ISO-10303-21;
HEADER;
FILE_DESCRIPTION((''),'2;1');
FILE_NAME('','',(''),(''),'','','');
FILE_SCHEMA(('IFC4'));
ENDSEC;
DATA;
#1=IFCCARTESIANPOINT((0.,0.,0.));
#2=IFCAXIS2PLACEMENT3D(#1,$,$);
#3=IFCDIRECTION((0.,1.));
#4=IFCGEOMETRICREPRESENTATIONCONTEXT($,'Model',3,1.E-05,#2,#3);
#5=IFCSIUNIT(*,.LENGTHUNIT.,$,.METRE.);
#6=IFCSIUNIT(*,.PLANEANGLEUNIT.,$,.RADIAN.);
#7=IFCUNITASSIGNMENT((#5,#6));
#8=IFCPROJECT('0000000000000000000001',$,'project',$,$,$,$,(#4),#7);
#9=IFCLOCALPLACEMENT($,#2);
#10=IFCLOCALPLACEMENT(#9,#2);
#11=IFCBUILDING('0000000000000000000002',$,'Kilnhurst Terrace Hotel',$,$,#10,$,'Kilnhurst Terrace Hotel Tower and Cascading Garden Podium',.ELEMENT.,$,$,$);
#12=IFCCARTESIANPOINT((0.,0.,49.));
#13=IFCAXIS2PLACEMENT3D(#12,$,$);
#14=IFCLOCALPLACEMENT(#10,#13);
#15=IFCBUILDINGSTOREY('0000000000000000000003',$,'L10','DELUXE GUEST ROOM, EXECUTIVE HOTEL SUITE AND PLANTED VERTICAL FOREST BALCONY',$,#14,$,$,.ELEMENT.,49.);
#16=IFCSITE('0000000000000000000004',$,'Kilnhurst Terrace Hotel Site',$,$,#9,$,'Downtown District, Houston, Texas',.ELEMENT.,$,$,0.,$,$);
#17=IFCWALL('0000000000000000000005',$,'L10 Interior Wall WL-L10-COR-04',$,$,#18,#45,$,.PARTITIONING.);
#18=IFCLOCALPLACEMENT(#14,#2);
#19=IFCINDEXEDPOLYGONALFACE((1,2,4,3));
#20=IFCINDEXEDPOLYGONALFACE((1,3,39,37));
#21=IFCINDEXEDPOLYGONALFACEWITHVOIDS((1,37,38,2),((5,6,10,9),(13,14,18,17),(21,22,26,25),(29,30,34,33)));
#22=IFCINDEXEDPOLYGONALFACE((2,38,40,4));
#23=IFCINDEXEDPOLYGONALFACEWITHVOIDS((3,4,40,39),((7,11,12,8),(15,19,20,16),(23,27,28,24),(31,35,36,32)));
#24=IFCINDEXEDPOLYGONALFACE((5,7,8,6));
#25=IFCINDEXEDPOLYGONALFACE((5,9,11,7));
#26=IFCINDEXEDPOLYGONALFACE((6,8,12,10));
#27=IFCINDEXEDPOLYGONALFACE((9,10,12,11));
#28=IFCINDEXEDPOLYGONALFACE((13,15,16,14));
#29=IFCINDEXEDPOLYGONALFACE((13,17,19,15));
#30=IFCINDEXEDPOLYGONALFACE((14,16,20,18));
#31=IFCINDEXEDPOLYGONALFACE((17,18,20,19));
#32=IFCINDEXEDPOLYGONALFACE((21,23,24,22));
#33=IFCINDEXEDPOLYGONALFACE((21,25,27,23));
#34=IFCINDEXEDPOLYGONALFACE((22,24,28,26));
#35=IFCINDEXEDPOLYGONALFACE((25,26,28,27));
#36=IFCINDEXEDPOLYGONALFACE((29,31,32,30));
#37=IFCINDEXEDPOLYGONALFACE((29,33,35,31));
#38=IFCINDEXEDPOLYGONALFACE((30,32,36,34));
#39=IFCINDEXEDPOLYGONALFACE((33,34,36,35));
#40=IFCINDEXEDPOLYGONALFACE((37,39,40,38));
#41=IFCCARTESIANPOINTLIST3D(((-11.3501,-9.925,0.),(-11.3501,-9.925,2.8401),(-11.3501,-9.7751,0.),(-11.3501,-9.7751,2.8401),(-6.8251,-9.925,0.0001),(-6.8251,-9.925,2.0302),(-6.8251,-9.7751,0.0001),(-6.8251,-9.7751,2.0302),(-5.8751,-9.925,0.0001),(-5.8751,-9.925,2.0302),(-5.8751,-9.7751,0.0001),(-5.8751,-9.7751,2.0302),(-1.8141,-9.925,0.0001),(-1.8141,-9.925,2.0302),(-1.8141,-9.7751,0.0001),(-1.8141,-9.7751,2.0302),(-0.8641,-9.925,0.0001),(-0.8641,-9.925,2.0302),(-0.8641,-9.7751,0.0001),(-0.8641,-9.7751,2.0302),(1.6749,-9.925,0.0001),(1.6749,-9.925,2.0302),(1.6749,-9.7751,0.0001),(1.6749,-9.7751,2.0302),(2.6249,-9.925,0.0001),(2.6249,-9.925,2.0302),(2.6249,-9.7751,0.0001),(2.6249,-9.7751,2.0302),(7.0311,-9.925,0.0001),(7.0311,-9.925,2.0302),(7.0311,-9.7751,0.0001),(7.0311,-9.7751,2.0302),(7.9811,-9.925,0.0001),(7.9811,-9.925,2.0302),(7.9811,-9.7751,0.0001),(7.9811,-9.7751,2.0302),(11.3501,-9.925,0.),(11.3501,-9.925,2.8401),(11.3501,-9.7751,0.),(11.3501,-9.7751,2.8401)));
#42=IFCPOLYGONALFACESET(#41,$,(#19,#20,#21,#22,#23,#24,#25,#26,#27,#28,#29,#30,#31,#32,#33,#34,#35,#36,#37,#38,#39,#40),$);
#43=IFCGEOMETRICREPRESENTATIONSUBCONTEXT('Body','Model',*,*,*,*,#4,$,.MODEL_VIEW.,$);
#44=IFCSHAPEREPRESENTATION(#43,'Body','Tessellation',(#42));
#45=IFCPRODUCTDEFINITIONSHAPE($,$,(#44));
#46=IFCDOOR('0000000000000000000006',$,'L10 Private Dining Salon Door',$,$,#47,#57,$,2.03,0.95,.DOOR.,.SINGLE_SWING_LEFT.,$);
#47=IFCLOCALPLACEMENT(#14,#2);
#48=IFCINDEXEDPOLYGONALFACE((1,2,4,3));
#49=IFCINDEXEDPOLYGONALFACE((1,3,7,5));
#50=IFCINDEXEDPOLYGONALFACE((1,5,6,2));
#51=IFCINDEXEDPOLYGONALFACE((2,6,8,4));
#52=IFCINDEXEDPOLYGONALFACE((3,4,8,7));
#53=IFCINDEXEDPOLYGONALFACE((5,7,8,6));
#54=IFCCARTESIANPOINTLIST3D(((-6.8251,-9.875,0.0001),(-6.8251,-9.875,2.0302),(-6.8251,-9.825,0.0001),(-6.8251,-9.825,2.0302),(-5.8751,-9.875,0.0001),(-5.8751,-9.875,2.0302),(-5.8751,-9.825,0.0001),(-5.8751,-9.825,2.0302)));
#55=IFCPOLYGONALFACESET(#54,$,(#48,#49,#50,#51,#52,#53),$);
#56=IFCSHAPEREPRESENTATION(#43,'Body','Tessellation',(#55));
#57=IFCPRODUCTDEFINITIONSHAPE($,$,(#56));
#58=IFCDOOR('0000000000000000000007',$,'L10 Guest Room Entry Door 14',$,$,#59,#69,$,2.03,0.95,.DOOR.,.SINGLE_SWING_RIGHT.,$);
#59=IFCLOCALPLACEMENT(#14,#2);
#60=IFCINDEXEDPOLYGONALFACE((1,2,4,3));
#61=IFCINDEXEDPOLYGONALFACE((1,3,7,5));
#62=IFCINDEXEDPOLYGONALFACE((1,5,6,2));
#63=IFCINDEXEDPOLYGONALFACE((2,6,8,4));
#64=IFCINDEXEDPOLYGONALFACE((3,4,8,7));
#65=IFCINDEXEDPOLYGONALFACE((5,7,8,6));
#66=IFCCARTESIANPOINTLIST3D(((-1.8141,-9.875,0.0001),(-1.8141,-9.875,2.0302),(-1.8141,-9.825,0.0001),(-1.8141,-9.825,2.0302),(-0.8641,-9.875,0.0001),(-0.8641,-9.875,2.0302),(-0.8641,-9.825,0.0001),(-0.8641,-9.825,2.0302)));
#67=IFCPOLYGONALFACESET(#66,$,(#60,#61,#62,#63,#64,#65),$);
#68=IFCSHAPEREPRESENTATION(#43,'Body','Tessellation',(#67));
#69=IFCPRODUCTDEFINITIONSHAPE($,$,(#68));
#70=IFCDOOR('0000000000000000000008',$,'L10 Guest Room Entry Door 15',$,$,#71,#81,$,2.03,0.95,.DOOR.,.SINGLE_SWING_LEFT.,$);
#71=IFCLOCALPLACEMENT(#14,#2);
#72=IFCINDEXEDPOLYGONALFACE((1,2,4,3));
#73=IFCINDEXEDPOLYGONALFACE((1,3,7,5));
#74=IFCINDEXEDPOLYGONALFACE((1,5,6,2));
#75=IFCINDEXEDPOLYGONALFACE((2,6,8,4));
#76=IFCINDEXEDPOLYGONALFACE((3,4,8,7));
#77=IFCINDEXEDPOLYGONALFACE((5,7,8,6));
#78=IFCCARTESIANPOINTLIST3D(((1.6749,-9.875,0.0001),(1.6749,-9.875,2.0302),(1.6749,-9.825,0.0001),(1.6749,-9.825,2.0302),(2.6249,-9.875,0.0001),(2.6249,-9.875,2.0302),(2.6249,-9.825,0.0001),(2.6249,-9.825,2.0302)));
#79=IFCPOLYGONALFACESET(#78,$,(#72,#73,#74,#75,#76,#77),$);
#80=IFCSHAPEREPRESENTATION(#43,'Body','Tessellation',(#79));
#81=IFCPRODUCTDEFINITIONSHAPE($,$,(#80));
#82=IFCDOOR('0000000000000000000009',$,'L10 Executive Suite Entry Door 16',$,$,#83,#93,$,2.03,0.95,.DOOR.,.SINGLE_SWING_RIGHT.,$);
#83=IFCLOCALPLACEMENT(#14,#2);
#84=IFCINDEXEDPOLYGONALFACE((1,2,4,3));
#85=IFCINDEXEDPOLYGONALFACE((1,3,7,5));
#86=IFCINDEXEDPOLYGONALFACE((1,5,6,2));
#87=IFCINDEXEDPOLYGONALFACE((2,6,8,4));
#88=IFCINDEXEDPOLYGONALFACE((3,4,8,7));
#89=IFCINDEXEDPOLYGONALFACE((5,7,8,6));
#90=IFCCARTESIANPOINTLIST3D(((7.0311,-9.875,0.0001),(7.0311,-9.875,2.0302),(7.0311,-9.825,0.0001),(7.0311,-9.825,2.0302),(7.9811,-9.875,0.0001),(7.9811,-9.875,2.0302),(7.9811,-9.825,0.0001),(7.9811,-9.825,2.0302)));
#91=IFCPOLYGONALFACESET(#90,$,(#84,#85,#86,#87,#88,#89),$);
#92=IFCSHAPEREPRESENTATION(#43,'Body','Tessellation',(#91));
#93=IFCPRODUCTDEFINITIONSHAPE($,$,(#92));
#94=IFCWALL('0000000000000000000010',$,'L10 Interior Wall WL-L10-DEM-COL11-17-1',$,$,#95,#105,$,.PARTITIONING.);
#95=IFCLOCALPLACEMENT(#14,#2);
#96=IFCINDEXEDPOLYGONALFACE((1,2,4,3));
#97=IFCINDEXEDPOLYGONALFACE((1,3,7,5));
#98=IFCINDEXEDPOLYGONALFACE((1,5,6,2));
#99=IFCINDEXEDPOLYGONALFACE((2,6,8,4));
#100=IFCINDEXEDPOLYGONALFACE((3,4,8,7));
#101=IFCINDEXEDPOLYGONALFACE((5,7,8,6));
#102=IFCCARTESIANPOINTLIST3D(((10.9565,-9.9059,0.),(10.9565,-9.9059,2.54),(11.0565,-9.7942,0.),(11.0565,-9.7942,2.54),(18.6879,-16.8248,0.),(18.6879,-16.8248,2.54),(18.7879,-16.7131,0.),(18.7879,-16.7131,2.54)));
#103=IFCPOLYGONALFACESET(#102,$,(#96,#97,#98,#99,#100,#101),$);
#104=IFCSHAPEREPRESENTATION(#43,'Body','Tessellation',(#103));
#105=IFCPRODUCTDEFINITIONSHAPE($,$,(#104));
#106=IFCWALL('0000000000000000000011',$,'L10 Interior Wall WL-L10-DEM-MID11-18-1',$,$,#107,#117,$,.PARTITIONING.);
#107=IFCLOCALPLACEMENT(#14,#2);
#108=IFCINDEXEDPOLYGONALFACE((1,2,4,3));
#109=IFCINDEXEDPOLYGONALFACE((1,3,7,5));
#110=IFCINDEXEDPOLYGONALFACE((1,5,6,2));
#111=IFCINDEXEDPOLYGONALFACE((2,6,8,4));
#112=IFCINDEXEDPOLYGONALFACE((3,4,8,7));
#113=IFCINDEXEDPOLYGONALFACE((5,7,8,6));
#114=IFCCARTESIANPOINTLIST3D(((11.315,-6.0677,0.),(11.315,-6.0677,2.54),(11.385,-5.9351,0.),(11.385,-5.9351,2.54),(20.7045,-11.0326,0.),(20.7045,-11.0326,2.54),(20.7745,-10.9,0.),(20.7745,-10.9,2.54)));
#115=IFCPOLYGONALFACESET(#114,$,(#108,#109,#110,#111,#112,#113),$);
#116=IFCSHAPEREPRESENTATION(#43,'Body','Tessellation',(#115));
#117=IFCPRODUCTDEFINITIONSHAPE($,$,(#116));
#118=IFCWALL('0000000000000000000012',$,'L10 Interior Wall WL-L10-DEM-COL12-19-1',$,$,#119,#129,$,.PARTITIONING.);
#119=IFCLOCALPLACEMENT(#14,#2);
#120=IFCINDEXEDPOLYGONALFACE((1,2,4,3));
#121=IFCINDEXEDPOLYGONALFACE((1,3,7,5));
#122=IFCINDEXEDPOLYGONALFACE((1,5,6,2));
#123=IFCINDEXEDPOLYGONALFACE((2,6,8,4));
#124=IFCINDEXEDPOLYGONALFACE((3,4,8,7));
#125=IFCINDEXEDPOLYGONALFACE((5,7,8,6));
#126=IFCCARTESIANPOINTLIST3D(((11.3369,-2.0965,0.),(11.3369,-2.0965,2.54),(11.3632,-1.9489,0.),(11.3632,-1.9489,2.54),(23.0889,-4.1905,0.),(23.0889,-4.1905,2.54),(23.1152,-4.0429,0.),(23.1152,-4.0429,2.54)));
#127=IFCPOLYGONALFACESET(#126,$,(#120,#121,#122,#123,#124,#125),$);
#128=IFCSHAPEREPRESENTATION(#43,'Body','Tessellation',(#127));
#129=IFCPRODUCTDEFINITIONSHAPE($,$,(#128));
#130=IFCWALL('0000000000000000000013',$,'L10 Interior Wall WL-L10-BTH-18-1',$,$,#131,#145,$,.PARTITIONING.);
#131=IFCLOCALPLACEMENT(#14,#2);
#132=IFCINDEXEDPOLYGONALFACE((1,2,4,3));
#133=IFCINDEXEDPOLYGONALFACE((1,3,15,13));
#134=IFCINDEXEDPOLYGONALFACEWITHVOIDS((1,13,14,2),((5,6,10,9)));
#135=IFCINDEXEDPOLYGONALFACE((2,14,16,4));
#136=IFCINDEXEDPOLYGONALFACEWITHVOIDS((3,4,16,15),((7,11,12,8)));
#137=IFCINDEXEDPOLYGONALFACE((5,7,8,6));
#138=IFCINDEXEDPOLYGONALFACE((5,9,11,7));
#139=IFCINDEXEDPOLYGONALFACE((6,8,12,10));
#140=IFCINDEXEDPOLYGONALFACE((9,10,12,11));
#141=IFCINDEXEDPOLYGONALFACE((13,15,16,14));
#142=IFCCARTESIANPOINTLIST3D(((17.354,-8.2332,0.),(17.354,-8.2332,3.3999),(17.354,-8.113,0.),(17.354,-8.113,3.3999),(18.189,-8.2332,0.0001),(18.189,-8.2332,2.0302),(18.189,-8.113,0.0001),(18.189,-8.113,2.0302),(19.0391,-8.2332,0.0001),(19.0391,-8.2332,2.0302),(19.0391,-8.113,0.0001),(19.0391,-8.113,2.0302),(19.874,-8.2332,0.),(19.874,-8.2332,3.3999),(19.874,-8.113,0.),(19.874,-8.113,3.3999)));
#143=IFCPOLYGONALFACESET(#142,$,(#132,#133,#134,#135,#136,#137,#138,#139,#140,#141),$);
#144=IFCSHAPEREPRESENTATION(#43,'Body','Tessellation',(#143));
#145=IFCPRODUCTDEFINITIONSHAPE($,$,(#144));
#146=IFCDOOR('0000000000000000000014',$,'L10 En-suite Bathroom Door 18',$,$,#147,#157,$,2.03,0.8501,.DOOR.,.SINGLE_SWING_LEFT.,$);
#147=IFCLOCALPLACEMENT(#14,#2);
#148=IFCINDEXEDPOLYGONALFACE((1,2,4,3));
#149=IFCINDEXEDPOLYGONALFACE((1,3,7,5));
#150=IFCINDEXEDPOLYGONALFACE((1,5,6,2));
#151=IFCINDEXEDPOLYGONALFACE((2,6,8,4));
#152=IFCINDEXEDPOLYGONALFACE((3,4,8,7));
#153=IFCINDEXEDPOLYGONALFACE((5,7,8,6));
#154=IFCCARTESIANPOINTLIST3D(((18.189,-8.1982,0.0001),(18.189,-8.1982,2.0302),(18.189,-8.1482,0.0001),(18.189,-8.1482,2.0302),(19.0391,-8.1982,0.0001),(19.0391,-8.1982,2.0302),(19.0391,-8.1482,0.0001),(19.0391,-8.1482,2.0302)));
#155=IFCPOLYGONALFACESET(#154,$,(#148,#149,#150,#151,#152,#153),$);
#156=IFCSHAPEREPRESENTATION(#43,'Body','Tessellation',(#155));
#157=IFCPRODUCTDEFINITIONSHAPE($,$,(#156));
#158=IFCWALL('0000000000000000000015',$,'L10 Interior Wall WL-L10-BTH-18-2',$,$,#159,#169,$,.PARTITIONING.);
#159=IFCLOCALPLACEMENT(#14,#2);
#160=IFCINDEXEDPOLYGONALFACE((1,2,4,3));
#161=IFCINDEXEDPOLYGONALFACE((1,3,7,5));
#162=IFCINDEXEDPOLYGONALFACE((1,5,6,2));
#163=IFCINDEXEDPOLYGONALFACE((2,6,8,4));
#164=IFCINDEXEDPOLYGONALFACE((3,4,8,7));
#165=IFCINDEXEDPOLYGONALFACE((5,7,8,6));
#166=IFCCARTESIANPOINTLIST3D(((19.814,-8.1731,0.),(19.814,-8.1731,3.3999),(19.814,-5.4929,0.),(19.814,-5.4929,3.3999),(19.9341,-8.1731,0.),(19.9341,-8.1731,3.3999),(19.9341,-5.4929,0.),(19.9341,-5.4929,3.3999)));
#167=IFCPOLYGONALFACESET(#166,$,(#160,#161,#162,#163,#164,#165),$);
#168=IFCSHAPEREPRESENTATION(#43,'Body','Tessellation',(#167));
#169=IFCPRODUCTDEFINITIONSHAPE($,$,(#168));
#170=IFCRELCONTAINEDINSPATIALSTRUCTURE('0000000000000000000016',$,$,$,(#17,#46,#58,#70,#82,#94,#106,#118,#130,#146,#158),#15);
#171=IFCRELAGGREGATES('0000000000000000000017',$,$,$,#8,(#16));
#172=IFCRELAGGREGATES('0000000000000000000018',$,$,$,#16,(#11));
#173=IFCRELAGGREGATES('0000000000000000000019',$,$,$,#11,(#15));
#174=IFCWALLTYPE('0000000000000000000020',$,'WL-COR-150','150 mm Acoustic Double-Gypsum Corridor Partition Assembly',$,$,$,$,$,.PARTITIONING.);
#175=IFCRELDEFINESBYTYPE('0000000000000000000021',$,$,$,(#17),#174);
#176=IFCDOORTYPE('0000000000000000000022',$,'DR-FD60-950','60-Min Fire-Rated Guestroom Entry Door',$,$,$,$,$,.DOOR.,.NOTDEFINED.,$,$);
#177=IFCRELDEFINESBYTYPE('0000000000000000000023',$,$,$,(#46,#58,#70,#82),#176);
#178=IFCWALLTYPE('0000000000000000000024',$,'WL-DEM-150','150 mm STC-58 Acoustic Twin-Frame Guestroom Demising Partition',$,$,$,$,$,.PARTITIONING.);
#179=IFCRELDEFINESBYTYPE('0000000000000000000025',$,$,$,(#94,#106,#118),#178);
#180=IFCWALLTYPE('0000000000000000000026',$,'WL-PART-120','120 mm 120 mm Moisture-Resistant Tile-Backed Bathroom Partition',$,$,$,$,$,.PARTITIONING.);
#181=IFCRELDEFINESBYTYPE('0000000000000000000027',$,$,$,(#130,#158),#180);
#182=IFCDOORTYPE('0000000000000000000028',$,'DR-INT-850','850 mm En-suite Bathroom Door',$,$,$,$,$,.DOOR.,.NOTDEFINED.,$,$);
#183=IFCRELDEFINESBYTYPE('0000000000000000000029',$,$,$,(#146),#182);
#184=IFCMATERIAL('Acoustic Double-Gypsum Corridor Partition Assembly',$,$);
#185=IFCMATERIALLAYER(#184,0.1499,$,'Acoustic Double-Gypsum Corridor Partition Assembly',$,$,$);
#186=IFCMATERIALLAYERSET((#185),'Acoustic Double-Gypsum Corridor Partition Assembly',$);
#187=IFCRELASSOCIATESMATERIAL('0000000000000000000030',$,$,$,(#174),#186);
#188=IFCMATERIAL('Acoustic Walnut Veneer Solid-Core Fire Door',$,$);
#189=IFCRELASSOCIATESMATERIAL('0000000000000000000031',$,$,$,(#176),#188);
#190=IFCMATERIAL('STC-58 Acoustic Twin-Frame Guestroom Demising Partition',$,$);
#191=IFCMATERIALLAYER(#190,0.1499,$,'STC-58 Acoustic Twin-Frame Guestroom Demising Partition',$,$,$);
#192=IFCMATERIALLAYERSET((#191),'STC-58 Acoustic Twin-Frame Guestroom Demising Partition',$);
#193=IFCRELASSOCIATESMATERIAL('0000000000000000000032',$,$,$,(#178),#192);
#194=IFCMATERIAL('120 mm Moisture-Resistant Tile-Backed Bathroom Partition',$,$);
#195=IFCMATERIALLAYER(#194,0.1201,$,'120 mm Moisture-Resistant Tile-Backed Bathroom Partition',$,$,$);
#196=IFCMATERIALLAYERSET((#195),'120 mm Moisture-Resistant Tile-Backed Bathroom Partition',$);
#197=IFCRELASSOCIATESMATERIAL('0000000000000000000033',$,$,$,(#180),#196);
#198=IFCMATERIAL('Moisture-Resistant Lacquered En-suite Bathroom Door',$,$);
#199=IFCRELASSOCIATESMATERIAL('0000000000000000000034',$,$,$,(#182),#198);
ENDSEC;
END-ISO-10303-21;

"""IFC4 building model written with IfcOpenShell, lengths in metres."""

from ifc_helpers import new_model, si_unit, direction, frame, frame_2d, origin, place, context, subcontext, project, spatial, rectangle, extrude, material, layer, layer_set, type_object, element, fill, save


model = new_model("IFC4")

# Units and contexts
model_context = context("Model", 3, precision=1e-05, world=origin(), true_north=direction((0.0, 1.0)))
body_context = subcontext(model_context, "Body", "Model", "MODEL_VIEW")
ifc_project = project(units=[si_unit("LENGTHUNIT", "METRE"), si_unit("PLANEANGLEUNIT", "RADIAN")], contexts=[model_context])

# Site, building, storey
site_placement = place(None, origin())
site = spatial("IfcSite", under=ifc_project, at=site_placement, Name="Kilnhurst Terrace Hotel Site", LongName="Downtown District, Houston, Texas", CompositionType="ELEMENT", RefElevation=0.0)
building_placement = place(site_placement, origin())
building = spatial("IfcBuilding", under=site, at=building_placement, Name="Kilnhurst Terrace Hotel", LongName="Kilnhurst Terrace Hotel Tower and Cascading Garden Podium", CompositionType="ELEMENT")
storey_placement = place(building_placement, frame((0.0, 0.0, 49.0)))
storey = spatial("IfcBuildingStorey", under=building, at=storey_placement, Name="L10", Description="DELUXE GUEST ROOM, EXECUTIVE HOTEL SUITE AND PLANTED VERTICAL FOREST BALCONY", CompositionType="ELEMENT", Elevation=49.0)

# Wall, openings, doors
ifc_material_1 = material(Name="Acoustic Double-Gypsum Corridor Partition Assembly")
ifc_layer_1 = layer(ifc_material_1, 0.1499, Name="Acoustic Double-Gypsum Corridor Partition Assembly")
ifc_layer_set_1 = layer_set([ifc_layer_1], Name="Acoustic Double-Gypsum Corridor Partition Assembly")
wall_type_1 = type_object("IfcWallType", Name="WL-COR-150", Description="150 mm Acoustic Double-Gypsum Corridor Partition Assembly", PredefinedType="PARTITIONING", material=ifc_layer_set_1)
wall_1_placement = place(storey_placement, frame((11.3501, -9.8501, 0.0), z_axis=(0.0, 0.0, 1.0), x_axis=(-1.0, 0.0, 0.0)))
wall_1 = element("IfcWall", 1, at=wall_1_placement, inside=storey, type_object=wall_type_1, Name="L10 Interior Wall WL-L10-COR-04", PredefinedType="PARTITIONING", context=body_context, shape_type="SweptSolid", body=[
    extrude(rectangle(XDim=22.7002, YDim=0.1499, at=frame_2d((11.3501, 0.0))), origin(), (0.0, 0.0, 1.0), 2.8401),
])
opening_1_placement = place(wall_1_placement, frame((17.2251, 0.0, 0.0)))
opening_1 = element("IfcOpeningElement", 2, at=opening_1_placement, cuts=wall_1, PredefinedType="OPENING", context=body_context, shape_type="SweptSolid", body=[
    extrude(rectangle(XDim=0.95, YDim=2.03, at=frame_2d((0.4751, 1.0151))), frame((0.0, 0.085, 0.0), z_axis=(0.0, -1.0, 0.0), x_axis=(1.0, 0.0, 0.0)), (0.0, 0.0, 1.0), 0.1699),
])
opening_2_placement = place(wall_1_placement, frame((12.2141, 0.0, 0.0)))
opening_2 = element("IfcOpeningElement", 3, at=opening_2_placement, cuts=wall_1, PredefinedType="OPENING", context=body_context, shape_type="SweptSolid", body=[
    extrude(rectangle(XDim=0.95, YDim=2.03, at=frame_2d((0.4751, 1.0151))), frame((0.0, 0.085, 0.0), z_axis=(0.0, -1.0, 0.0), x_axis=(1.0, 0.0, 0.0)), (0.0, 0.0, 1.0), 0.1699),
])
opening_3_placement = place(wall_1_placement, frame((8.7251, 0.0, 0.0)))
opening_3 = element("IfcOpeningElement", 4, at=opening_3_placement, cuts=wall_1, PredefinedType="OPENING", context=body_context, shape_type="SweptSolid", body=[
    extrude(rectangle(XDim=0.95, YDim=2.03, at=frame_2d((0.4751, 1.0151))), frame((0.0, 0.085, 0.0), z_axis=(0.0, -1.0, 0.0), x_axis=(1.0, 0.0, 0.0)), (0.0, 0.0, 1.0), 0.1699),
])
opening_4_placement = place(wall_1_placement, frame((3.3689, 0.0, 0.0)))
opening_4 = element("IfcOpeningElement", 5, at=opening_4_placement, cuts=wall_1, PredefinedType="OPENING", context=body_context, shape_type="SweptSolid", body=[
    extrude(rectangle(XDim=0.95, YDim=2.03, at=frame_2d((0.4751, 1.0151))), frame((0.0, 0.085, 0.0), z_axis=(0.0, -1.0, 0.0), x_axis=(1.0, 0.0, 0.0)), (0.0, 0.0, 1.0), 0.1699),
])
ifc_material_2 = material(Name="Acoustic Walnut Veneer Solid-Core Fire Door")
door_type_1 = type_object("IfcDoorType", Name="DR-FD60-950", Description="60-Min Fire-Rated Guestroom Entry Door", OperationType="NOTDEFINED", PredefinedType="DOOR", material=ifc_material_2)
door_1_placement = place(opening_1_placement, origin())
door_1 = element("IfcDoor", 6, at=door_1_placement, inside=storey, type_object=door_type_1, Name="L10 Private Dining Salon Door", OperationType="SINGLE_SWING_LEFT", OverallHeight=2.03, OverallWidth=0.95, PredefinedType="DOOR", context=body_context, shape_type="SweptSolid", body=[
    extrude(rectangle(XDim=0.95, YDim=2.03, at=frame_2d((0.4751, 1.0151))), frame((0.0, 0.0249, 0.0), z_axis=(0.0, -1.0, 0.0), x_axis=(1.0, 0.0, 0.0)), (0.0, 0.0, 1.0), 0.05),
])
fill(opening_1, door_1)
door_2_placement = place(opening_2_placement, origin())
door_2 = element("IfcDoor", 7, at=door_2_placement, inside=storey, type_object=door_type_1, Name="L10 Guest Room Entry Door 14", OperationType="SINGLE_SWING_RIGHT", OverallHeight=2.03, OverallWidth=0.95, PredefinedType="DOOR", context=body_context, shape_type="SweptSolid", body=[
    extrude(rectangle(XDim=0.95, YDim=2.03, at=frame_2d((0.4751, 1.0151))), frame((0.0, 0.0249, 0.0), z_axis=(0.0, -1.0, 0.0), x_axis=(1.0, 0.0, 0.0)), (0.0, 0.0, 1.0), 0.05),
])
fill(opening_2, door_2)
door_3_placement = place(opening_3_placement, origin())
door_3 = element("IfcDoor", 8, at=door_3_placement, inside=storey, type_object=door_type_1, Name="L10 Guest Room Entry Door 15", OperationType="SINGLE_SWING_LEFT", OverallHeight=2.03, OverallWidth=0.95, PredefinedType="DOOR", context=body_context, shape_type="SweptSolid", body=[
    extrude(rectangle(XDim=0.95, YDim=2.03, at=frame_2d((0.4751, 1.0151))), frame((0.0, 0.0249, 0.0), z_axis=(0.0, -1.0, 0.0), x_axis=(1.0, 0.0, 0.0)), (0.0, 0.0, 1.0), 0.05),
])
fill(opening_3, door_3)
door_4_placement = place(opening_4_placement, origin())
door_4 = element("IfcDoor", 9, at=door_4_placement, inside=storey, type_object=door_type_1, Name="L10 Executive Suite Entry Door 16", OperationType="SINGLE_SWING_RIGHT", OverallHeight=2.03, OverallWidth=0.95, PredefinedType="DOOR", context=body_context, shape_type="SweptSolid", body=[
    extrude(rectangle(XDim=0.95, YDim=2.03, at=frame_2d((0.4751, 1.0151))), frame((0.0, 0.0249, 0.0), z_axis=(0.0, -1.0, 0.0), x_axis=(1.0, 0.0, 0.0)), (0.0, 0.0, 1.0), 0.05),
])
fill(opening_4, door_4)

# Walls
ifc_material_3 = material(Name="STC-58 Acoustic Twin-Frame Guestroom Demising Partition")
ifc_layer_2 = layer(ifc_material_3, 0.1499, Name="STC-58 Acoustic Twin-Frame Guestroom Demising Partition")
ifc_layer_set_2 = layer_set([ifc_layer_2], Name="STC-58 Acoustic Twin-Frame Guestroom Demising Partition")
wall_type_2 = type_object("IfcWallType", Name="WL-DEM-150", Description="150 mm STC-58 Acoustic Twin-Frame Guestroom Demising Partition", PredefinedType="PARTITIONING", material=ifc_layer_set_2)
wall_2_placement = place(storey_placement, frame((11.0066, -9.8501, 0.0), z_axis=(0.0, 0.0, 1.0), x_axis=(0.745177, -0.666866, 0.0)))
element("IfcWall", 10, at=wall_2_placement, inside=storey, type_object=wall_type_2, Name="L10 Interior Wall WL-L10-DEM-COL11-17-1", PredefinedType="PARTITIONING", context=body_context, shape_type="SweptSolid", body=[
    extrude(rectangle(XDim=10.3752, YDim=0.1499, at=frame_2d((5.1875, 0.0))), origin(), (0.0, 0.0, 1.0), 2.54),
])
wall_3_placement = place(storey_placement, frame((11.3501, -6.0015, 0.0), z_axis=(0.0, 0.0, 1.0), x_axis=(0.884022, -0.467445, 0.0)))
element("IfcWall", 11, at=wall_3_placement, inside=storey, type_object=wall_type_2, Name="L10 Interior Wall WL-L10-DEM-MID11-18-1", PredefinedType="PARTITIONING", context=body_context, shape_type="SweptSolid", body=[
    extrude(rectangle(XDim=10.6213, YDim=0.1499, at=frame_2d((5.3105, 0.0))), origin(), (0.0, 0.0, 1.0), 2.54),
])
wall_4_placement = place(storey_placement, frame((11.3501, -2.0227, 0.0), z_axis=(0.0, 0.0, 1.0), x_axis=(0.984494, -0.17542, 0.0)))
element("IfcWall", 12, at=wall_4_placement, inside=storey, type_object=wall_type_2, Name="L10 Interior Wall WL-L10-DEM-COL12-19-1", PredefinedType="PARTITIONING", context=body_context, shape_type="SweptSolid", body=[
    extrude(rectangle(XDim=11.937, YDim=0.1499, at=frame_2d((5.9685, 0.0))), origin(), (0.0, 0.0, 1.0), 2.54),
])

# Wall, opening, door
ifc_material_4 = material(Name="120 mm Moisture-Resistant Tile-Backed Bathroom Partition")
ifc_layer_3 = layer(ifc_material_4, 0.1201, Name="120 mm Moisture-Resistant Tile-Backed Bathroom Partition")
ifc_layer_set_3 = layer_set([ifc_layer_3], Name="120 mm Moisture-Resistant Tile-Backed Bathroom Partition")
wall_type_3 = type_object("IfcWallType", Name="WL-PART-120", Description="120 mm 120 mm Moisture-Resistant Tile-Backed Bathroom Partition", PredefinedType="PARTITIONING", material=ifc_layer_set_3)
wall_5_placement = place(storey_placement, frame((17.354, -8.1731, 0.0), z_axis=(0.0, 0.0, 1.0), x_axis=(1.0, 0.0, 0.0)))
wall_5 = element("IfcWall", 13, at=wall_5_placement, inside=storey, type_object=wall_type_3, Name="L10 Interior Wall WL-L10-BTH-18-1", PredefinedType="PARTITIONING", context=body_context, shape_type="SweptSolid", body=[
    extrude(rectangle(XDim=2.52, YDim=0.1201, at=frame_2d((1.26, 0.0))), origin(), (0.0, 0.0, 1.0), 3.3999),
])
opening_5_placement = place(wall_5_placement, frame((0.835, 0.0, 0.0)))
opening_5 = element("IfcOpeningElement", 14, at=opening_5_placement, cuts=wall_5, PredefinedType="OPENING", context=body_context, shape_type="SweptSolid", body=[
    extrude(rectangle(XDim=0.8501, YDim=2.03, at=frame_2d((0.425, 1.0151))), frame((0.0, 0.0701, 0.0), z_axis=(0.0, -1.0, 0.0), x_axis=(1.0, 0.0, 0.0)), (0.0, 0.0, 1.0), 0.1401),
])
ifc_material_5 = material(Name="Moisture-Resistant Lacquered En-suite Bathroom Door")
door_type_2 = type_object("IfcDoorType", Name="DR-INT-850", Description="850 mm En-suite Bathroom Door", OperationType="NOTDEFINED", PredefinedType="DOOR", material=ifc_material_5)
door_5_placement = place(opening_5_placement, origin())
door_5 = element("IfcDoor", 15, at=door_5_placement, inside=storey, type_object=door_type_2, Name="L10 En-suite Bathroom Door 18", OperationType="SINGLE_SWING_LEFT", OverallHeight=2.03, OverallWidth=0.8501, PredefinedType="DOOR", context=body_context, shape_type="SweptSolid", body=[
    extrude(rectangle(XDim=0.8501, YDim=2.03, at=frame_2d((0.425, 1.0151))), frame((0.0, 0.0249, 0.0), z_axis=(0.0, -1.0, 0.0), x_axis=(1.0, 0.0, 0.0)), (0.0, 0.0, 1.0), 0.05),
])
fill(opening_5, door_5)

# Wall
wall_6_placement = place(storey_placement, frame((19.874, -8.1731, 0.0), z_axis=(0.0, 0.0, 1.0), x_axis=(0.0, 1.0, 0.0)))
element("IfcWall", 16, at=wall_6_placement, inside=storey, type_object=wall_type_3, Name="L10 Interior Wall WL-L10-BTH-18-2", PredefinedType="PARTITIONING", context=body_context, shape_type="SweptSolid", body=[
    extrude(rectangle(XDim=2.6802, YDim=0.1201, at=frame_2d((1.3401, 0.0))), origin(), (0.0, 0.0, 1.0), 3.3999),
])

save(model, "model.ifc")
